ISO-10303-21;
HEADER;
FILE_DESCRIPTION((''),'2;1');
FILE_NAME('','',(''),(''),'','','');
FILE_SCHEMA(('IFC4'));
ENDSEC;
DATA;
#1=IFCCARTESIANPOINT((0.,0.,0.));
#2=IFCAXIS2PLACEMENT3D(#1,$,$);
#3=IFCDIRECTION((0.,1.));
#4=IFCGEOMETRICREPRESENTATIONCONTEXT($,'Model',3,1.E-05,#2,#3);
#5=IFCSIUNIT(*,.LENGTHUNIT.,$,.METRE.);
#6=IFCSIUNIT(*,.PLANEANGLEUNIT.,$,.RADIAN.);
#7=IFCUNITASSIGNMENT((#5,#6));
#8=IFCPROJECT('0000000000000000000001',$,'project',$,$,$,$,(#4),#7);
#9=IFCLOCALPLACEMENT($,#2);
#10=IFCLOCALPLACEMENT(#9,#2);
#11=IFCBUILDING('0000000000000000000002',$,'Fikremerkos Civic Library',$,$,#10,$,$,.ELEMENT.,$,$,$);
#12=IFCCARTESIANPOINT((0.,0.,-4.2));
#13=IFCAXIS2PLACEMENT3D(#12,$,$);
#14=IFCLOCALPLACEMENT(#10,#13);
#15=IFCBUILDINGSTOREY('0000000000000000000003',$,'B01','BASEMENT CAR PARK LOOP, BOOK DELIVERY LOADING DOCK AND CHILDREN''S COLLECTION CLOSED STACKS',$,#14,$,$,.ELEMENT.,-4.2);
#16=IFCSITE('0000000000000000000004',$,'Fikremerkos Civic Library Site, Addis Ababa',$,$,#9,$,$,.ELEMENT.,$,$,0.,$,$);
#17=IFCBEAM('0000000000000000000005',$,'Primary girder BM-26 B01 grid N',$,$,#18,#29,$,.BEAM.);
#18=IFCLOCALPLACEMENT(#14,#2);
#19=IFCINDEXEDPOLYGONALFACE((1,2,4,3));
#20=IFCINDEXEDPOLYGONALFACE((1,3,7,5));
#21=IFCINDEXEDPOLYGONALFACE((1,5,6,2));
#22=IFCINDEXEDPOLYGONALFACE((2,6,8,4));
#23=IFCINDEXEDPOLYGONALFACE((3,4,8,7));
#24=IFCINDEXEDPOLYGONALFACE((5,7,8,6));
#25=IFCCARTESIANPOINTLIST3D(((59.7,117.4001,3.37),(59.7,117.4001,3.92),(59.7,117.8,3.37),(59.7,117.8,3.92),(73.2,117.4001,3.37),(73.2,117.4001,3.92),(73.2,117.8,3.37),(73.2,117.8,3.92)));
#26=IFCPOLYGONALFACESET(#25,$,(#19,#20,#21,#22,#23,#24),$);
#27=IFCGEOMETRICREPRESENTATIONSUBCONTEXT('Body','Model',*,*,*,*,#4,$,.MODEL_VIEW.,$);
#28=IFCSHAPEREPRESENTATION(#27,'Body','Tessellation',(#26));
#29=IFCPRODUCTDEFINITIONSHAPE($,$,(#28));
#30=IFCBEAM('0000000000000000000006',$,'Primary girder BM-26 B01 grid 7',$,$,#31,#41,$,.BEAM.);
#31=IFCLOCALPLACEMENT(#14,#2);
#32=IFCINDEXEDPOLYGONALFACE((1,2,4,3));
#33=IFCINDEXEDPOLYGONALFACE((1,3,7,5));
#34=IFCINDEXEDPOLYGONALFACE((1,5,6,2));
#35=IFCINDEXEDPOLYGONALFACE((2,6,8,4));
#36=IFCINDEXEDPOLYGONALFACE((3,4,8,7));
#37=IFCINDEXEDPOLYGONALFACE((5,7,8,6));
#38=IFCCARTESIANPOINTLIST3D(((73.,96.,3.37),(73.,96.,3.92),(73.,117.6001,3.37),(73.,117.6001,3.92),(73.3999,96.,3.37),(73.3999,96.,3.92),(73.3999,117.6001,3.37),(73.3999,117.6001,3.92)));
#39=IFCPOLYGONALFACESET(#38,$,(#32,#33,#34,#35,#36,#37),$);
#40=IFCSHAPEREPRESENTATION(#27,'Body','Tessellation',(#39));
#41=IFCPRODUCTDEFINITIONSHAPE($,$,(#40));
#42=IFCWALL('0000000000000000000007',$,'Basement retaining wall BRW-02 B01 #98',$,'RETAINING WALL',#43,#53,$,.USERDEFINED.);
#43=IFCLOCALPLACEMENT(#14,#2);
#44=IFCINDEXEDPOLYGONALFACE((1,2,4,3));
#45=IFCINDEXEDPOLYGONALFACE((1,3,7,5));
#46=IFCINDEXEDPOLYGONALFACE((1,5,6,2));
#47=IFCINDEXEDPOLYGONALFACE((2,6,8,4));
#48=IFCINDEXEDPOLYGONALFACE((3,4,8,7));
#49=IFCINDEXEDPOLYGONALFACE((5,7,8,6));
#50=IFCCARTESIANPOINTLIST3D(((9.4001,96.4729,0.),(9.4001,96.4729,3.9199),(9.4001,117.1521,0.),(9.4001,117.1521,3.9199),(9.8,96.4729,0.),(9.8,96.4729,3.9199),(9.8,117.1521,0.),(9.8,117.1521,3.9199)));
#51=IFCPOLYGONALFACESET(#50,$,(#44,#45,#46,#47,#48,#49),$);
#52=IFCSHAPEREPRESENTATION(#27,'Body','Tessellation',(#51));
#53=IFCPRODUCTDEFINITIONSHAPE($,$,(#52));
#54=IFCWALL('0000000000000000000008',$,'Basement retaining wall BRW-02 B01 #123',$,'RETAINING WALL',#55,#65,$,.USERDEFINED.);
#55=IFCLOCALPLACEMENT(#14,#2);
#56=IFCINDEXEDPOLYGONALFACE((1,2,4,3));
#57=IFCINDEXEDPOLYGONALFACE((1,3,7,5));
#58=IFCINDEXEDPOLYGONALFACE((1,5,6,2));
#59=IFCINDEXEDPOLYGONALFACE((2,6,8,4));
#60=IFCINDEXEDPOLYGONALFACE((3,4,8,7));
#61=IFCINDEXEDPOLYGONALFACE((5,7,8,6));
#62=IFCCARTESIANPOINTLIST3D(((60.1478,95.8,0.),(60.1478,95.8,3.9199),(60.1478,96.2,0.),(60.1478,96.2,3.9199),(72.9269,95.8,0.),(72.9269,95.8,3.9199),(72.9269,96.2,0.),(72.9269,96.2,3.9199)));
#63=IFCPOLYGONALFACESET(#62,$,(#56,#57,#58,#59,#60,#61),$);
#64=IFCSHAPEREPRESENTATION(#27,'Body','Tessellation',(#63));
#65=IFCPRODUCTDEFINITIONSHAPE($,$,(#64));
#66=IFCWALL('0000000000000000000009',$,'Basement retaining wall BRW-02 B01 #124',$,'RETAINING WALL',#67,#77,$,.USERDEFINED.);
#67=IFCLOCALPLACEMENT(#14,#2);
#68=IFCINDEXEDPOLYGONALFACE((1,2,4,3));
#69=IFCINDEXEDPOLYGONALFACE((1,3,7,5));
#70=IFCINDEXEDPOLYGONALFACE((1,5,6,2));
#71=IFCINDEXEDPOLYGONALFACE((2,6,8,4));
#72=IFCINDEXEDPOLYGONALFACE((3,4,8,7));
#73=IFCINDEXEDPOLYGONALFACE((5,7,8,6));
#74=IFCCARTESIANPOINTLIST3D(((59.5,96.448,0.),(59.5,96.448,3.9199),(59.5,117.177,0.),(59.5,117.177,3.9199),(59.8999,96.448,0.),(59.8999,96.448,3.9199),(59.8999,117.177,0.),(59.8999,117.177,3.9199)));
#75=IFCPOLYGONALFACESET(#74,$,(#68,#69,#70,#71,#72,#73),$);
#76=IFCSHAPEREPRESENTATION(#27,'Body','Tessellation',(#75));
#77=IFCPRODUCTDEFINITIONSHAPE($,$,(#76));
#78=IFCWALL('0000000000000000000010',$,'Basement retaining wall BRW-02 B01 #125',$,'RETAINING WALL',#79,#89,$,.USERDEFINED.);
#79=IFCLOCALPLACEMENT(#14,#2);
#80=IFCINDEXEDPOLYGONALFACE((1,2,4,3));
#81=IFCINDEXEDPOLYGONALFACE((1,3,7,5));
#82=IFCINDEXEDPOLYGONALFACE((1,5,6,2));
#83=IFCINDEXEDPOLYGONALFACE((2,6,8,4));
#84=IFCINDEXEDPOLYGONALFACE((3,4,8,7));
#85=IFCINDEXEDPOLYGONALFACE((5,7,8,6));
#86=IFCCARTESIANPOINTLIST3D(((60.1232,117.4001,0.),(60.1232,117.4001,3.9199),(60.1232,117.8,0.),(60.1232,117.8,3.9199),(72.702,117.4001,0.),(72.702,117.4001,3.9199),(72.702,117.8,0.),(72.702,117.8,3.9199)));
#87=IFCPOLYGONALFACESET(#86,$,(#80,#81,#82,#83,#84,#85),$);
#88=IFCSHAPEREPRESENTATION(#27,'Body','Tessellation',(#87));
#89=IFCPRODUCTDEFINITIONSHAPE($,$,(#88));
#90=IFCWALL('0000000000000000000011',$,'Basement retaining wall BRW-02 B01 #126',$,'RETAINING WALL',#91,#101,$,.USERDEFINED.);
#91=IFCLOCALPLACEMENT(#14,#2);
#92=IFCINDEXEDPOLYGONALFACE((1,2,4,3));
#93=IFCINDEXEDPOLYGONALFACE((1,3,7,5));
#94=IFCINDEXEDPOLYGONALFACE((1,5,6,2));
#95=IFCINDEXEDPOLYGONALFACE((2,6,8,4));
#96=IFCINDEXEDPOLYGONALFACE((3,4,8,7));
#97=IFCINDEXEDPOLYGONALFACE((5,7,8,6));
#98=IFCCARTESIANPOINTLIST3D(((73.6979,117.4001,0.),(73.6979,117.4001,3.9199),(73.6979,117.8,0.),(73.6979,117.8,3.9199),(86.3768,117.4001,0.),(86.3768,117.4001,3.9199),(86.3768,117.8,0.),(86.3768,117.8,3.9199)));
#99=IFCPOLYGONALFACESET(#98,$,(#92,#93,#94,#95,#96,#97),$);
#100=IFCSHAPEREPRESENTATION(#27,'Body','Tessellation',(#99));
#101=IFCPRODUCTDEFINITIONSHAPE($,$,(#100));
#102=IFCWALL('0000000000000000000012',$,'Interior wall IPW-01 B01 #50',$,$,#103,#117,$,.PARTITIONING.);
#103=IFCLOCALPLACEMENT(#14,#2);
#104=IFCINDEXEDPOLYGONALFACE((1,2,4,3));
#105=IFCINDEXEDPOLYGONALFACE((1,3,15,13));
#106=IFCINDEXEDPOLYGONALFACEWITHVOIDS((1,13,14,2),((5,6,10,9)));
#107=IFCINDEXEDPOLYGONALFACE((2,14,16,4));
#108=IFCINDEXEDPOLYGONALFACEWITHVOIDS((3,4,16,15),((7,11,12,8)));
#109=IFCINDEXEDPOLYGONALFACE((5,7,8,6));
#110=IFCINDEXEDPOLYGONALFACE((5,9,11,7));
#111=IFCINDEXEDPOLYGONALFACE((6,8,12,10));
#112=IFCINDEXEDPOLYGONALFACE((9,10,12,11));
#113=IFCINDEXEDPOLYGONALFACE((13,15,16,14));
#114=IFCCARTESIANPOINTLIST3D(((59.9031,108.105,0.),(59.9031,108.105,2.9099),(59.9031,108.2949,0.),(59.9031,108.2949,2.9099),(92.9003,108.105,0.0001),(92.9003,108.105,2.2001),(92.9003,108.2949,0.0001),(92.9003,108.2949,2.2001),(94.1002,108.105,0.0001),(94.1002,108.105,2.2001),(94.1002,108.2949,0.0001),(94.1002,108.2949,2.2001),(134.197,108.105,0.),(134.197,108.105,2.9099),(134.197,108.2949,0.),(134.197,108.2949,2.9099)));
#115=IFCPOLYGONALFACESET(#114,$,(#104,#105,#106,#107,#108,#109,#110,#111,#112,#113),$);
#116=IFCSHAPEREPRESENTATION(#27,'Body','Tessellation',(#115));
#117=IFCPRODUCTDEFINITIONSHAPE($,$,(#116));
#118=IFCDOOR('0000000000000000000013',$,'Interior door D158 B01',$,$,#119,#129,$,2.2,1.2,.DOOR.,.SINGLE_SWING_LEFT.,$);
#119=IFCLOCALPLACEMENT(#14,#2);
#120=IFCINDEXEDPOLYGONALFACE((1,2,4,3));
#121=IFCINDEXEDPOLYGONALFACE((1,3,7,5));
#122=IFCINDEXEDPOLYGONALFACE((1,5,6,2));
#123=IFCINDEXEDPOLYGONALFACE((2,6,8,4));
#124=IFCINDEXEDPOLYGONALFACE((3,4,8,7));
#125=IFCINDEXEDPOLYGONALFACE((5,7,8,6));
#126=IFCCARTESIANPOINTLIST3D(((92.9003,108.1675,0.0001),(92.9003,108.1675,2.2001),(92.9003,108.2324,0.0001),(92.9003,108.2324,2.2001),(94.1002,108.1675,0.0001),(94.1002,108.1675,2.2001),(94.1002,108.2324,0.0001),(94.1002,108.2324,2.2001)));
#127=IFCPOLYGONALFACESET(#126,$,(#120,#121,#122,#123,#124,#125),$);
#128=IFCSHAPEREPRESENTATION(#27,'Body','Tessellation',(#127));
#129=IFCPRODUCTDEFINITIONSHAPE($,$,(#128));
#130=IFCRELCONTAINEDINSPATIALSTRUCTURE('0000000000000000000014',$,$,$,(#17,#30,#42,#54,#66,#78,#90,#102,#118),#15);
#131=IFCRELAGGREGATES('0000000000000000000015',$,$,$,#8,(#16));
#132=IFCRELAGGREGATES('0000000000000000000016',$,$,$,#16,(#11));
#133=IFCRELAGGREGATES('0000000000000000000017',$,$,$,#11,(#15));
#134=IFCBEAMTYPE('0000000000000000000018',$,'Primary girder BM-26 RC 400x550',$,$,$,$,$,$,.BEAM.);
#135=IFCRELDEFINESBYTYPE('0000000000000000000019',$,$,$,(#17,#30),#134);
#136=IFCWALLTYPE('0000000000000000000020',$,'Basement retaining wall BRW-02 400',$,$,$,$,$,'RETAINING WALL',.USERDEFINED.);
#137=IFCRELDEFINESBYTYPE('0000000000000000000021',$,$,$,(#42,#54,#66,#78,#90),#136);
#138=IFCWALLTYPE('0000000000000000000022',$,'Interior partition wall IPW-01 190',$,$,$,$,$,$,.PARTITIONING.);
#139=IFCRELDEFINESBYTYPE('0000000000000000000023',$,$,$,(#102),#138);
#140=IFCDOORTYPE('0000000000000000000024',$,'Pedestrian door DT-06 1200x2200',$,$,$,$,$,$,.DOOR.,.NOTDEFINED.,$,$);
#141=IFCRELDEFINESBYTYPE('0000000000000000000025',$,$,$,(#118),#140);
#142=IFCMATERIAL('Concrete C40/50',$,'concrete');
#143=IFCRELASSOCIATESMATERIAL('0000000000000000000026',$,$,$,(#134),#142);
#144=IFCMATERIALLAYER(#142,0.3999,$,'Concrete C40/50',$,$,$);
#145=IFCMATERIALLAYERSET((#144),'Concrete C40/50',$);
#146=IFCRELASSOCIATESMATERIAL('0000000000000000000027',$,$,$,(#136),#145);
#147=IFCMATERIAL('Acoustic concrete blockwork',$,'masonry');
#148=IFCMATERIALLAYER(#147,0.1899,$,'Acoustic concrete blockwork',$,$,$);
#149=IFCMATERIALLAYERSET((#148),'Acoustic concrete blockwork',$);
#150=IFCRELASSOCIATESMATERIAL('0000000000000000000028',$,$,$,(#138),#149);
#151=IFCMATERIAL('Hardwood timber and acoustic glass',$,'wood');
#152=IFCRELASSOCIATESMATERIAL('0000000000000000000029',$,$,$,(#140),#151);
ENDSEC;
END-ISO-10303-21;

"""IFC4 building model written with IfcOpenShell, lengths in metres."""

from ifc_helpers import new_model, si_unit, direction, frame, frame_2d, origin, origin_2d, place, context, subcontext, project, spatial, rectangle, extrude, material, layer, layer_set, material_profile, profile_set, type_object, element, fill, save


model = new_model("IFC4")

# Units and contexts
model_context = context("Model", 3, precision=1e-05, world=origin(), true_north=direction((0.0, 1.0)))
body_context = subcontext(model_context, "Body", "Model", "MODEL_VIEW")
ifc_project = project(units=[si_unit("LENGTHUNIT", "METRE"), si_unit("PLANEANGLEUNIT", "RADIAN")], contexts=[model_context])

# Site, building, storey
site_placement = place(None, origin())
site = spatial("IfcSite", under=ifc_project, at=site_placement, Name="Fikremerkos Civic Library Site, Addis Ababa", CompositionType="ELEMENT", RefElevation=0.0)
building_placement = place(site_placement, origin())
building = spatial("IfcBuilding", under=site, at=building_placement, Name="Fikremerkos Civic Library", CompositionType="ELEMENT")
storey_placement = place(building_placement, frame((0.0, 0.0, -4.2)))
storey = spatial("IfcBuildingStorey", under=building, at=storey_placement, Name="B01", Description="BASEMENT CAR PARK LOOP, BOOK DELIVERY LOADING DOCK AND CHILDREN'S COLLECTION CLOSED STACKS", CompositionType="ELEMENT", Elevation=-4.2)

# Shared definitions
ifc_material_1 = material(Name="Concrete C40/50", Category="concrete")

# Beams
ifc_material_profile_1 = material_profile(ifc_material_1, rectangle(XDim=0.3999, YDim=0.55, at=origin_2d()), Name="RC 400x550")
ifc_profile_set_1 = profile_set([ifc_material_profile_1], Name="Concrete C40/50")
beam_type_1 = type_object("IfcBeamType", Name="Primary girder BM-26 RC 400x550", PredefinedType="BEAM", material=ifc_profile_set_1)
beam_1_placement = place(storey_placement, frame((59.7, 117.6001, 3.645), z_axis=(1.0, 0.0, 0.0), x_axis=(0.0, 1.0, 0.0)))
element("IfcBeam", 1, at=beam_1_placement, inside=storey, type_object=beam_type_1, Name="Primary girder BM-26 B01 grid N", PredefinedType="BEAM", context=body_context, shape_type="SweptSolid", body=[
    extrude(rectangle(XDim=0.3999, YDim=0.55, at=origin_2d()), origin(), (0.0, 0.0, 1.0), 13.5),
])
beam_2_placement = place(storey_placement, frame((73.2, 96.0, 3.645), z_axis=(0.0, 1.0, 0.0), x_axis=(-1.0, 0.0, 0.0)))
element("IfcBeam", 2, at=beam_2_placement, inside=storey, type_object=beam_type_1, Name="Primary girder BM-26 B01 grid 7", PredefinedType="BEAM", context=body_context, shape_type="SweptSolid", body=[
    extrude(rectangle(XDim=0.3999, YDim=0.55, at=origin_2d()), origin(), (0.0, 0.0, 1.0), 21.6001),
])

# Walls
ifc_layer_1 = layer(ifc_material_1, 0.3999, Name="Concrete C40/50")
ifc_layer_set_1 = layer_set([ifc_layer_1], Name="Concrete C40/50")
wall_type_1 = type_object("IfcWallType", Name="Basement retaining wall BRW-02 400", ElementType="RETAINING WALL", PredefinedType="USERDEFINED", material=ifc_layer_set_1)
wall_1_placement = place(storey_placement, frame((9.6001, 117.1521, 0.0), z_axis=(0.0, 0.0, 1.0), x_axis=(0.0, -1.0, 0.0)))
element("IfcWall", 3, at=wall_1_placement, inside=storey, type_object=wall_type_1, Name="Basement retaining wall BRW-02 B01 #98", ObjectType="RETAINING WALL", PredefinedType="USERDEFINED", context=body_context, shape_type="SweptSolid", body=[
    extrude(rectangle(XDim=20.6792, YDim=0.3999, at=frame_2d((10.3396, 0.0))), origin(), (0.0, 0.0, 1.0), 3.9199),
])
wall_2_placement = place(storey_placement, frame((72.927, 96.0, 0.0), z_axis=(0.0, 0.0, 1.0), x_axis=(-1.0, 0.0, 0.0)))
element("IfcWall", 4, at=wall_2_placement, inside=storey, type_object=wall_type_1, Name="Basement retaining wall BRW-02 B01 #123", ObjectType="RETAINING WALL", PredefinedType="USERDEFINED", context=body_context, shape_type="SweptSolid", body=[
    extrude(rectangle(XDim=12.7791, YDim=0.3999, at=frame_2d((6.3896, 0.0))), origin(), (0.0, 0.0, 1.0), 3.9199),
])
wall_3_placement = place(storey_placement, frame((59.7, 96.448, 0.0), z_axis=(0.0, 0.0, 1.0), x_axis=(0.0, 1.0, 0.0)))
element("IfcWall", 5, at=wall_3_placement, inside=storey, type_object=wall_type_1, Name="Basement retaining wall BRW-02 B01 #124", ObjectType="RETAINING WALL", PredefinedType="USERDEFINED", context=body_context, shape_type="SweptSolid", body=[
    extrude(rectangle(XDim=20.729, YDim=0.3999, at=frame_2d((10.3645, 0.0))), origin(), (0.0, 0.0, 1.0), 3.9199),
])
wall_4_placement = place(storey_placement, frame((60.123, 117.6001, 0.0), z_axis=(0.0, 0.0, 1.0), x_axis=(1.0, 0.0, 0.0)))
element("IfcWall", 6, at=wall_4_placement, inside=storey, type_object=wall_type_1, Name="Basement retaining wall BRW-02 B01 #125", ObjectType="RETAINING WALL", PredefinedType="USERDEFINED", context=body_context, shape_type="SweptSolid", body=[
    extrude(rectangle(XDim=12.5789, YDim=0.3999, at=frame_2d((6.2896, 0.0))), origin(), (0.0, 0.0, 1.0), 3.9199),
])
wall_5_placement = place(storey_placement, frame((73.698, 117.6001, 0.0), z_axis=(0.0, 0.0, 1.0), x_axis=(1.0, 0.0, 0.0)))
element("IfcWall", 7, at=wall_5_placement, inside=storey, type_object=wall_type_1, Name="Basement retaining wall BRW-02 B01 #126", ObjectType="RETAINING WALL", PredefinedType="USERDEFINED", context=body_context, shape_type="SweptSolid", body=[
    extrude(rectangle(XDim=12.679, YDim=0.3999, at=frame_2d((6.3394, 0.0))), origin(), (0.0, 0.0, 1.0), 3.9199),
])

# Wall, opening, door
ifc_material_2 = material(Name="Acoustic concrete blockwork", Category="masonry")
ifc_layer_2 = layer(ifc_material_2, 0.1899, Name="Acoustic concrete blockwork")
ifc_layer_set_2 = layer_set([ifc_layer_2], Name="Acoustic concrete blockwork")
wall_type_2 = type_object("IfcWallType", Name="Interior partition wall IPW-01 190", PredefinedType="PARTITIONING", material=ifc_layer_set_2)
wall_6_placement = place(storey_placement, frame((59.9031, 108.2, 0.0), z_axis=(0.0, 0.0, 1.0), x_axis=(1.0, 0.0, 0.0)))
wall_6 = element("IfcWall", 8, at=wall_6_placement, inside=storey, type_object=wall_type_2, Name="Interior wall IPW-01 B01 #50", PredefinedType="PARTITIONING", context=body_context, shape_type="SweptSolid", body=[
    extrude(rectangle(XDim=74.2939, YDim=0.1899, at=frame_2d((37.147, 0.0))), origin(), (0.0, 0.0, 1.0), 2.9099),
])
opening_placement = place(wall_6_placement, frame((32.9971, 0.0, 0.0)))
opening = element("IfcOpeningElement", 9, at=opening_placement, cuts=wall_6, PredefinedType="OPENING", context=body_context, shape_type="SweptSolid", body=[
    extrude(rectangle(XDim=1.2, YDim=2.2, at=frame_2d((0.6001, 1.1001))), frame((0.0, 0.105, 0.0), z_axis=(0.0, -1.0, 0.0), x_axis=(1.0, 0.0, 0.0)), (0.0, 0.0, 1.0), 0.21),
])
ifc_material_3 = material(Name="Hardwood timber and acoustic glass", Category="wood")
door_type = type_object("IfcDoorType", Name="Pedestrian door DT-06 1200x2200", OperationType="NOTDEFINED", PredefinedType="DOOR", material=ifc_material_3)
door_placement = place(opening_placement, origin())
door = element("IfcDoor", 10, at=door_placement, inside=storey, type_object=door_type, Name="Interior door D158 B01", OperationType="SINGLE_SWING_LEFT", OverallHeight=2.2, OverallWidth=1.2, PredefinedType="DOOR", context=body_context, shape_type="SweptSolid", body=[
    extrude(rectangle(XDim=1.2, YDim=2.2, at=frame_2d((0.6001, 1.1001))), frame((0.0, 0.0325, 0.0), z_axis=(0.0, -1.0, 0.0), x_axis=(1.0, 0.0, 0.0)), (0.0, 0.0, 1.0), 0.0649),
])
fill(opening, door)

save(model, "model.ifc")
